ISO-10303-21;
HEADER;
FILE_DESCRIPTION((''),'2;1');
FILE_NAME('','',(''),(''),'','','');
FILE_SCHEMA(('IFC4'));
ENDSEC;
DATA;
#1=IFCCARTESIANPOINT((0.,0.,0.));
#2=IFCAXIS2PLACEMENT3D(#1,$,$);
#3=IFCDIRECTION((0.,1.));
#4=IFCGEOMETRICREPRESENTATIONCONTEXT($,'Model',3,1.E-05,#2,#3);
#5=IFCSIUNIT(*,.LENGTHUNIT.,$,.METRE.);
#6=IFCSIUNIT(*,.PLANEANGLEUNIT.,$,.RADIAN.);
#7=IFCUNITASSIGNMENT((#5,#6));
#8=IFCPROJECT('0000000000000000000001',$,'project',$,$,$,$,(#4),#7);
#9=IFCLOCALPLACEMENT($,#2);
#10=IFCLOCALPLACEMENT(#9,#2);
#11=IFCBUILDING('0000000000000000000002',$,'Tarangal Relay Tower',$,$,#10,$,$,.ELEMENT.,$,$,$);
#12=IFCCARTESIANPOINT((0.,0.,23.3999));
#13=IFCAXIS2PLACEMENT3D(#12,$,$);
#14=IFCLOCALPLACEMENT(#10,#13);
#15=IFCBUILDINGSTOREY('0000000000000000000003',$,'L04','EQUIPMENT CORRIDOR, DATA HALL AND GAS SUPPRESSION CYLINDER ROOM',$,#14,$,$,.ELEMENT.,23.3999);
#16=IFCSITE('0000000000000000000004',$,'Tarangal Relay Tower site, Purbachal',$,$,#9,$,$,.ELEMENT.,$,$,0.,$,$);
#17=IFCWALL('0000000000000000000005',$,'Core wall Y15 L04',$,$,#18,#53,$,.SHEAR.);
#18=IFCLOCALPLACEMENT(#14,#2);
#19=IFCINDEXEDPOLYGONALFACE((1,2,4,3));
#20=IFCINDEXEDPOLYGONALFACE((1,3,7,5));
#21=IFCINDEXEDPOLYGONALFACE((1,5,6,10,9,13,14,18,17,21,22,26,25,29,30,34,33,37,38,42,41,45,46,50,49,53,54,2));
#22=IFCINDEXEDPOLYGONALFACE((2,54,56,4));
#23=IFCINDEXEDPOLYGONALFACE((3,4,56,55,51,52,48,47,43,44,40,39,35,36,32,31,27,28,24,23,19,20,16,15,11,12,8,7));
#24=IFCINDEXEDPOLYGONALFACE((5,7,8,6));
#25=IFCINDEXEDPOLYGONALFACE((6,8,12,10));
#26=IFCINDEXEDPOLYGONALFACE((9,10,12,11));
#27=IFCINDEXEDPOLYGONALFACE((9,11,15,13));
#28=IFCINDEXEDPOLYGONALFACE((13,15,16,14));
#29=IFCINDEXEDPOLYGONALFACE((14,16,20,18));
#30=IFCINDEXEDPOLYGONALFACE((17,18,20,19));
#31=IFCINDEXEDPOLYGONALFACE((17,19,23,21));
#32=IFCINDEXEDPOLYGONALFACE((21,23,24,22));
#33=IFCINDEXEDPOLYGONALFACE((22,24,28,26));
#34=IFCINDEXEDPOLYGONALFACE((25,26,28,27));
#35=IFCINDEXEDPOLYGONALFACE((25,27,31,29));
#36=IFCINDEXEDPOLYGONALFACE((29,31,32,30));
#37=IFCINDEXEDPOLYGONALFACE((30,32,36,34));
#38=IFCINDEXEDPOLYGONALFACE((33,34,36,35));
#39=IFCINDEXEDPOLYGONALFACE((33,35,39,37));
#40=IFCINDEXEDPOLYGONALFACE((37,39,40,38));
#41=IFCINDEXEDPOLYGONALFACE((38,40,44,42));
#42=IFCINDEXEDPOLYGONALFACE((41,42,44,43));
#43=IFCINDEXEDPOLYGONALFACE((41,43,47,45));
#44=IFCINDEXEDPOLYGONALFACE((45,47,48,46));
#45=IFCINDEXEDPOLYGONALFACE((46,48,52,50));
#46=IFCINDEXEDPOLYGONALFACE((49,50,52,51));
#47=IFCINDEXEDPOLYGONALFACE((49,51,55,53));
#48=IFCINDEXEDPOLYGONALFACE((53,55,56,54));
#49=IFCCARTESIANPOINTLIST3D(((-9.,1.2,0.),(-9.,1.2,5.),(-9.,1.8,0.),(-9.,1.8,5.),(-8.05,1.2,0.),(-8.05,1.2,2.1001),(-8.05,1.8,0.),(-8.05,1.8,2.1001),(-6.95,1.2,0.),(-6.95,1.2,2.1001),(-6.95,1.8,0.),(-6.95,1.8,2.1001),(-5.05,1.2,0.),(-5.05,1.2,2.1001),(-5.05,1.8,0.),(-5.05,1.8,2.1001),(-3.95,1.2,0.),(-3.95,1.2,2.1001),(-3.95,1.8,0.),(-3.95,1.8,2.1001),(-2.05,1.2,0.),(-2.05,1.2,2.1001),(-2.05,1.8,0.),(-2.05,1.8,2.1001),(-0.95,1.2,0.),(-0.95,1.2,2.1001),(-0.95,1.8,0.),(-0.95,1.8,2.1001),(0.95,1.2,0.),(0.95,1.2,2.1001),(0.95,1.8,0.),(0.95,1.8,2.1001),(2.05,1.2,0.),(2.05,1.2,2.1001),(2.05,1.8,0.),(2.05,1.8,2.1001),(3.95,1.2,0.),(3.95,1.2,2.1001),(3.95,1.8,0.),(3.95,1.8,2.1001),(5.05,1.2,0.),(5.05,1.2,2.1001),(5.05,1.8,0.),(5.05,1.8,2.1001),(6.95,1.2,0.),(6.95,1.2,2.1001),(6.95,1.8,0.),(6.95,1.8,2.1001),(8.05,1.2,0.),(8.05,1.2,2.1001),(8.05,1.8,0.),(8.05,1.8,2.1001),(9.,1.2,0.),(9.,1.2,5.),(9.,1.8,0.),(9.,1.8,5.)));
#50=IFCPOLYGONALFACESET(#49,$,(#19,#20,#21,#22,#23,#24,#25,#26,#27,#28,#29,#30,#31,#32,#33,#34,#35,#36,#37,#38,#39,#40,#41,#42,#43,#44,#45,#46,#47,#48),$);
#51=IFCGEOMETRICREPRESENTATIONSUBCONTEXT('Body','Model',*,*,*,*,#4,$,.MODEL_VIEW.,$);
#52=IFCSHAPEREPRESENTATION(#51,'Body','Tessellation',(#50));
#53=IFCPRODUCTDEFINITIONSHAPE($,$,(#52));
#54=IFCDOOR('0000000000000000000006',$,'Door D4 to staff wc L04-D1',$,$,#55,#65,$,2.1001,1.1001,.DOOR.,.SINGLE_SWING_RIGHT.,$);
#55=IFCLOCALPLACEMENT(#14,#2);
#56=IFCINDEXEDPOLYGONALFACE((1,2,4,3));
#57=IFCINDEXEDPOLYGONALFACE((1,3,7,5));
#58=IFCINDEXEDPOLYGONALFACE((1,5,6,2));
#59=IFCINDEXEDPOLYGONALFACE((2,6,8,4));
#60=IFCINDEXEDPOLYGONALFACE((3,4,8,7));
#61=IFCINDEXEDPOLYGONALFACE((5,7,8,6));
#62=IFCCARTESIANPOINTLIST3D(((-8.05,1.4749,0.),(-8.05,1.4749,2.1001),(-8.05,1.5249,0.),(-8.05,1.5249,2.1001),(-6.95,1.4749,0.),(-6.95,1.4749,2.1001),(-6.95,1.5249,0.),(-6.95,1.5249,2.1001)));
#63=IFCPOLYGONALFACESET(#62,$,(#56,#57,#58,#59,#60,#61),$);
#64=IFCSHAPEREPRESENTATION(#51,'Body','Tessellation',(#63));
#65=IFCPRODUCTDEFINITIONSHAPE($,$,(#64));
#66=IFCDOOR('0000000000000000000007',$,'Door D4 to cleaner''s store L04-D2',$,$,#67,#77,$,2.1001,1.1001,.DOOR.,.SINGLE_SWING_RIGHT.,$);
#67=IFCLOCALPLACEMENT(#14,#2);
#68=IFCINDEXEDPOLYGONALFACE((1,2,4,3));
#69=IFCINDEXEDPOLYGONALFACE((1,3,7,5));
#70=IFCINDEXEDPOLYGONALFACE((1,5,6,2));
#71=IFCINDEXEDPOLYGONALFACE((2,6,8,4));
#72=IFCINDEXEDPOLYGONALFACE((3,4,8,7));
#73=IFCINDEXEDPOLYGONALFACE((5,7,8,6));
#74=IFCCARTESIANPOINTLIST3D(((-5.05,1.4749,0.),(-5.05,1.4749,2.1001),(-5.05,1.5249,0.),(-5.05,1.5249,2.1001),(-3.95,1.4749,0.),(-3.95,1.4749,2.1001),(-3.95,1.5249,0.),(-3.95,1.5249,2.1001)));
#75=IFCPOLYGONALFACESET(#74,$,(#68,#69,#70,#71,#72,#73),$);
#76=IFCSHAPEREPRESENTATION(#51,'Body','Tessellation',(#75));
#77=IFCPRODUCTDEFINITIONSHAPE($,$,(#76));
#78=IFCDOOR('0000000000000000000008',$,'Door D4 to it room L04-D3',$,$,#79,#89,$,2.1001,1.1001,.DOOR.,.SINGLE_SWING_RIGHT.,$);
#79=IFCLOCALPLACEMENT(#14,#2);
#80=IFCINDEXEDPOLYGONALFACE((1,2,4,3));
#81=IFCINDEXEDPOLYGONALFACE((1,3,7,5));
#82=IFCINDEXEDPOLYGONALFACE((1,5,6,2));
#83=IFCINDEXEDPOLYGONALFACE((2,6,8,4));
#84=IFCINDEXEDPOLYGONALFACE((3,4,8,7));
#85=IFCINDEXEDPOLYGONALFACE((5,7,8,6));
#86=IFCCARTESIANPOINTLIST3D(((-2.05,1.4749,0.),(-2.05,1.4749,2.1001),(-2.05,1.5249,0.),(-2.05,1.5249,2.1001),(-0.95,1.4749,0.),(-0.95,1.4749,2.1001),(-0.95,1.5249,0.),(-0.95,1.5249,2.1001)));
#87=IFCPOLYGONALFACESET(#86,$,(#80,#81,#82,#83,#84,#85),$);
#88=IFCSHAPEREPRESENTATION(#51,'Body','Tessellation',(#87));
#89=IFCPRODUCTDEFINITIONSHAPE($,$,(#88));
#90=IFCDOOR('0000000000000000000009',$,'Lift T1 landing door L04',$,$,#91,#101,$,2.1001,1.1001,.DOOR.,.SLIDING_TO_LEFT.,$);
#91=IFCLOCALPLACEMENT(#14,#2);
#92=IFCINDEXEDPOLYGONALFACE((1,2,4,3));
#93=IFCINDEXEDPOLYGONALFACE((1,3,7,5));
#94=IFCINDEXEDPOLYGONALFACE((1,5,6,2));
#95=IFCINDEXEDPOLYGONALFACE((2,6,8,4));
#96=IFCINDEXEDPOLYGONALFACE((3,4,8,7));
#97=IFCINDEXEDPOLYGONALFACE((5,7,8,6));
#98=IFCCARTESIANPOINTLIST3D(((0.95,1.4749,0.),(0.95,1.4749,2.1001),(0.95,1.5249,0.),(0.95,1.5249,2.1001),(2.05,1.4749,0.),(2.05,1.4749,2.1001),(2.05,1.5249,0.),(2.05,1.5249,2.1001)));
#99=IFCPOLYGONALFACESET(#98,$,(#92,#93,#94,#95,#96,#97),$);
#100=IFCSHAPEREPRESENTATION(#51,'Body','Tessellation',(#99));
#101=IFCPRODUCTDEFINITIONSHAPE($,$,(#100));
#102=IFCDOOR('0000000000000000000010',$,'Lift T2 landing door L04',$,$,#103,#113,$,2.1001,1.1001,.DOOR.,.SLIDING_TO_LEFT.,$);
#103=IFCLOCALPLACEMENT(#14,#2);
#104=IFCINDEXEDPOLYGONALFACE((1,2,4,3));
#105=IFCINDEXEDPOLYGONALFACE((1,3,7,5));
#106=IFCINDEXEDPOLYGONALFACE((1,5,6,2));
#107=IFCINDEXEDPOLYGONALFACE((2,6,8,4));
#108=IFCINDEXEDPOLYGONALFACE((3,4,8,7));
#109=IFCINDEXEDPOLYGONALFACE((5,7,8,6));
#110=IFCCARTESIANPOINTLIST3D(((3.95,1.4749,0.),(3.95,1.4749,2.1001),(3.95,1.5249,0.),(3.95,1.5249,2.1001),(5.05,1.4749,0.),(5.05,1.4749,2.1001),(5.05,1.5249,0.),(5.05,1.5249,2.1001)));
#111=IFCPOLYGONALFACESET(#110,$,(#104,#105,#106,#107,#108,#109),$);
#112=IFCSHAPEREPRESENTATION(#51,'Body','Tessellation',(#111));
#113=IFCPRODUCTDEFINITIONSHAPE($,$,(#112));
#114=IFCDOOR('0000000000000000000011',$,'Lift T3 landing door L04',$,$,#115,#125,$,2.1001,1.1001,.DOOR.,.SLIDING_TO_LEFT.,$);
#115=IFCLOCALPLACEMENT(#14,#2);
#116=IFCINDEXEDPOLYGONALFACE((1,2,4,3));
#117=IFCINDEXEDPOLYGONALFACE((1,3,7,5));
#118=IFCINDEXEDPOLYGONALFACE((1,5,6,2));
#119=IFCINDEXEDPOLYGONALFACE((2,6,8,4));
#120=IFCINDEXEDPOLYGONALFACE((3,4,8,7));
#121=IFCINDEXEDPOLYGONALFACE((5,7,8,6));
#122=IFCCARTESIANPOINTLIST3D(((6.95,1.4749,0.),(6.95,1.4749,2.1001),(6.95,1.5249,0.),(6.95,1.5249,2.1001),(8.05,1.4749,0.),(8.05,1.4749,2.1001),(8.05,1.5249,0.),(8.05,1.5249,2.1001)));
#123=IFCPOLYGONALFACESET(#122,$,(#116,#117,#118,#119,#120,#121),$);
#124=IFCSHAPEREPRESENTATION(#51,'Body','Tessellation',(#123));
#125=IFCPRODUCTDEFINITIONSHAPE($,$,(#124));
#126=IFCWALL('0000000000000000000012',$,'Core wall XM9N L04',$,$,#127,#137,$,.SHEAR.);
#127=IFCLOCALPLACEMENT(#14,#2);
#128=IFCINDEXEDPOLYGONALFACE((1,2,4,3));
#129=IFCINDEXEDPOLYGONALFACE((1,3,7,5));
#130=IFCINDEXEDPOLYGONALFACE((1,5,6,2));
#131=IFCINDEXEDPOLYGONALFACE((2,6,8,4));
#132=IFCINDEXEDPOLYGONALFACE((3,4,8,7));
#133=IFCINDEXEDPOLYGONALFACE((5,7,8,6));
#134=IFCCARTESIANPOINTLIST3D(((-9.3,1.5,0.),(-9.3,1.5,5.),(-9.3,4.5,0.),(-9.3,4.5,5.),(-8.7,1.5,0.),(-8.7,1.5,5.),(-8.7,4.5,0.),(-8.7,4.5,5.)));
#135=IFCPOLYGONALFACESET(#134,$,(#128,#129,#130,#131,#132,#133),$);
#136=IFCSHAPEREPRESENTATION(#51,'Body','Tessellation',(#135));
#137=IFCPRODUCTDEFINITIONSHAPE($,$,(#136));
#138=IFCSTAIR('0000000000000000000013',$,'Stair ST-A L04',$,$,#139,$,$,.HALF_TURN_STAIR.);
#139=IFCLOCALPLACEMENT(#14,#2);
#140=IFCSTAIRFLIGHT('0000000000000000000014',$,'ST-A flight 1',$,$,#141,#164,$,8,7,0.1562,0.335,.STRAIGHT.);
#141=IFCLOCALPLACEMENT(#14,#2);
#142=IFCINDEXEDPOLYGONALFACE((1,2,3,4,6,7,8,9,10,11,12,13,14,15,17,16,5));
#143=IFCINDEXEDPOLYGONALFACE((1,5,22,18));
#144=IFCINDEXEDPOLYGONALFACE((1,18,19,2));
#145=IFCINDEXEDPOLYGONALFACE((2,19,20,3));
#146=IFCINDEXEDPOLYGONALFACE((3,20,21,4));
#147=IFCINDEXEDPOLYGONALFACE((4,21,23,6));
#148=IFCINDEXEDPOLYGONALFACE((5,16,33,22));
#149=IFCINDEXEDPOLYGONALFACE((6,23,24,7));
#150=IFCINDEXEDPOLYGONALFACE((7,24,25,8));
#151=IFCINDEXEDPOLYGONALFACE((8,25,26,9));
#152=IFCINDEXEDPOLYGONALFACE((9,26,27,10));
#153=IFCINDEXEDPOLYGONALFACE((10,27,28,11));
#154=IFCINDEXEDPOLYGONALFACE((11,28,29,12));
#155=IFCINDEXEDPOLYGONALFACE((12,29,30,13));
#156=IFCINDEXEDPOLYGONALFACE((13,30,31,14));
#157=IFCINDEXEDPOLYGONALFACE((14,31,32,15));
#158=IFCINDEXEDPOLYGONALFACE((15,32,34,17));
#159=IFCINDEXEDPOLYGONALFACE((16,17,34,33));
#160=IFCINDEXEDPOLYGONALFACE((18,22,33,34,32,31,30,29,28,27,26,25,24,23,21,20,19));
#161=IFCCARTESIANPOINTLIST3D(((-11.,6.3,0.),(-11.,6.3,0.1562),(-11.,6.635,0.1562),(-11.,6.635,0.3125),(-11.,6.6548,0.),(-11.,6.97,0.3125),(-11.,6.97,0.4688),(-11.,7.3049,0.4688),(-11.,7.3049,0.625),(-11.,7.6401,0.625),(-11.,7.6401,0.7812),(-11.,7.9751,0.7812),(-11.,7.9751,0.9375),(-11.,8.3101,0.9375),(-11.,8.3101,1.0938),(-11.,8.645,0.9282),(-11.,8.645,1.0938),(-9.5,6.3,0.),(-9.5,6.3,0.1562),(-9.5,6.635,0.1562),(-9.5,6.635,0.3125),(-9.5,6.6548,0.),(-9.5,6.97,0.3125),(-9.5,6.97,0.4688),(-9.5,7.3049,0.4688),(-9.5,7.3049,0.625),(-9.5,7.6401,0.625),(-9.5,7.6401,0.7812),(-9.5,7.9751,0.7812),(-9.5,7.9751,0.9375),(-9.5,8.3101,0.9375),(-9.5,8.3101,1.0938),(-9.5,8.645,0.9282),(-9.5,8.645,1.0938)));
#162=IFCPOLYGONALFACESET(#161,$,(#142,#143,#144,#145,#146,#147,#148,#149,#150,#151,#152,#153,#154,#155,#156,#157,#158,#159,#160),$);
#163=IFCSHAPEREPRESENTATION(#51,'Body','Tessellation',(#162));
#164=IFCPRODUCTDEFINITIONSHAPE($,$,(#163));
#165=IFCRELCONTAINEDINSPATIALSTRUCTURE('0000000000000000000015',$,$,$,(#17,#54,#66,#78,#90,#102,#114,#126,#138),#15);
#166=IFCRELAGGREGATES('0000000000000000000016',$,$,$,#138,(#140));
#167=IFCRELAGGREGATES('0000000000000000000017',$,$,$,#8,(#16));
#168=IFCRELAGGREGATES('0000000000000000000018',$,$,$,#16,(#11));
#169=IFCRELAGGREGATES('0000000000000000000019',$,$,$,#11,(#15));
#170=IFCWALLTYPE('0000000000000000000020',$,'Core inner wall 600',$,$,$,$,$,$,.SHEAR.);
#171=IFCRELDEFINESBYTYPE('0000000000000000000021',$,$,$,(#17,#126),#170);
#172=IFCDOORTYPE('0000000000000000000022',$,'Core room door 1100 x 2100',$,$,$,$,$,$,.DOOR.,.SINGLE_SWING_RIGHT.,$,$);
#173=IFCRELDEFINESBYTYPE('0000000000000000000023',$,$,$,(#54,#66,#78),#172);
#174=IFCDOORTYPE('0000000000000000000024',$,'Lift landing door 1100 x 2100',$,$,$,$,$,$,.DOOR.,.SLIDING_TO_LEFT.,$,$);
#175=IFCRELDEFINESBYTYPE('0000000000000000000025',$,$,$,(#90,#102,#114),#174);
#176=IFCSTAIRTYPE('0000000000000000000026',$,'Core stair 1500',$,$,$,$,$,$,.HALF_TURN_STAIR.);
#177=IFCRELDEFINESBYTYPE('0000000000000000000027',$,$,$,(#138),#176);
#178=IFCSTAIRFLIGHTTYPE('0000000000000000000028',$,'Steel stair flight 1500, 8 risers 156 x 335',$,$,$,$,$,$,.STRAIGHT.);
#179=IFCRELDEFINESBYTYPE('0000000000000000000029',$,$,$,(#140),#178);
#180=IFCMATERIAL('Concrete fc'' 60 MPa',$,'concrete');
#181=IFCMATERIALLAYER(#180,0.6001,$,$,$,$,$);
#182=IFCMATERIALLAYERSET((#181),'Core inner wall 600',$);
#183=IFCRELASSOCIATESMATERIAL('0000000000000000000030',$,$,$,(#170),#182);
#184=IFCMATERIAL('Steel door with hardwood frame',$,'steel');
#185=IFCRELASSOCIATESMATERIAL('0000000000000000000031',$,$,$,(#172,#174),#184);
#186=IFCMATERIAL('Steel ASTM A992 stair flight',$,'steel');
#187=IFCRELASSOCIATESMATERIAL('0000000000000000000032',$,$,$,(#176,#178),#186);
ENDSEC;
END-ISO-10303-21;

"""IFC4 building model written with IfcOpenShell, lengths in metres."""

from ifc_helpers import new_model, si_unit, direction, frame, frame_2d, origin, place, context, subcontext, project, spatial, polyline, rectangle, outline, extrude, material, layer, layer_set, type_object, element, fill, aggregate, save


model = new_model("IFC4")

# Units and contexts
model_context = context("Model", 3, precision=1e-05, world=origin(), true_north=direction((0.0, 1.0)))
body_context = subcontext(model_context, "Body", "Model", "MODEL_VIEW")
ifc_project = project(units=[si_unit("LENGTHUNIT", "METRE"), si_unit("PLANEANGLEUNIT", "RADIAN")], contexts=[model_context])

# Site, building, storey
site_placement = place(None, origin())
site = spatial("IfcSite", under=ifc_project, at=site_placement, Name="Tarangal Relay Tower site, Purbachal", CompositionType="ELEMENT", RefElevation=0.0)
building_placement = place(site_placement, origin())
building = spatial("IfcBuilding", under=site, at=building_placement, Name="Tarangal Relay Tower", CompositionType="ELEMENT")
storey_placement = place(building_placement, frame((0.0, 0.0, 23.3999)))
storey = spatial("IfcBuildingStorey", under=building, at=storey_placement, Name="L04", Description="EQUIPMENT CORRIDOR, DATA HALL AND GAS SUPPRESSION CYLINDER ROOM", CompositionType="ELEMENT", Elevation=23.3999)

# Wall, openings, doors
ifc_material_1 = material(Name="Concrete fc' 60 MPa", Category="concrete")
ifc_layer = layer(ifc_material_1, 0.6001)
ifc_layer_set = layer_set([ifc_layer], Name="Core inner wall 600")
wall_type = type_object("IfcWallType", Name="Core inner wall 600", PredefinedType="SHEAR", material=ifc_layer_set)
ifc_material_2 = material(Name="Steel door with hardwood frame", Category="steel")
wall_1_placement = place(storey_placement, frame((-9.0, 1.5, 0.0), z_axis=(0.0, 0.0, 1.0), x_axis=(1.0, 0.0, 0.0)))
wall_1 = element("IfcWall", 1, at=wall_1_placement, inside=storey, type_object=wall_type, Name="Core wall Y15 L04", PredefinedType="SHEAR", context=body_context, shape_type="SweptSolid", body=[
    extrude(rectangle(XDim=18.0, YDim=0.6001, at=frame_2d((9.0, 0.0))), origin(), (0.0, 0.0, 1.0), 5.0),
])
opening_1_placement = place(wall_1_placement, frame((9.95, 0.0, 0.0)))
opening_1 = element("IfcOpeningElement", 2, at=opening_1_placement, cuts=wall_1, PredefinedType="OPENING", context=body_context, shape_type="SweptSolid", body=[
    extrude(rectangle(XDim=1.1001, YDim=2.1001, at=frame_2d((0.55, 1.05))), frame((0.0, 0.3101, 0.0), z_axis=(0.0, -1.0, 0.0), x_axis=(1.0, 0.0, 0.0)), (0.0, 0.0, 1.0), 0.6201),
])
opening_2_placement = place(wall_1_placement, frame((12.95, 0.0, 0.0)))
opening_2 = element("IfcOpeningElement", 3, at=opening_2_placement, cuts=wall_1, PredefinedType="OPENING", context=body_context, shape_type="SweptSolid", body=[
    extrude(rectangle(XDim=1.1001, YDim=2.1001, at=frame_2d((0.55, 1.05))), frame((0.0, 0.3101, 0.0), z_axis=(0.0, -1.0, 0.0), x_axis=(1.0, 0.0, 0.0)), (0.0, 0.0, 1.0), 0.6201),
])
opening_3_placement = place(wall_1_placement, frame((15.95, 0.0, 0.0)))
opening_3 = element("IfcOpeningElement", 4, at=opening_3_placement, cuts=wall_1, PredefinedType="OPENING", context=body_context, shape_type="SweptSolid", body=[
    extrude(rectangle(XDim=1.1001, YDim=2.1001, at=frame_2d((0.55, 1.05))), frame((0.0, 0.3101, 0.0), z_axis=(0.0, -1.0, 0.0), x_axis=(1.0, 0.0, 0.0)), (0.0, 0.0, 1.0), 0.6201),
])
opening_4_placement = place(wall_1_placement, frame((0.95, 0.0, 0.0)))
opening_4 = element("IfcOpeningElement", 5, at=opening_4_placement, cuts=wall_1, PredefinedType="OPENING", context=body_context, shape_type="SweptSolid", body=[
    extrude(rectangle(XDim=1.1001, YDim=2.1001, at=frame_2d((0.55, 1.05))), frame((0.0, 0.3101, 0.0), z_axis=(0.0, -1.0, 0.0), x_axis=(1.0, 0.0, 0.0)), (0.0, 0.0, 1.0), 0.6201),
])
opening_5_placement = place(wall_1_placement, frame((3.95, 0.0, 0.0)))
opening_5 = element("IfcOpeningElement", 6, at=opening_5_placement, cuts=wall_1, PredefinedType="OPENING", context=body_context, shape_type="SweptSolid", body=[
    extrude(rectangle(XDim=1.1001, YDim=2.1001, at=frame_2d((0.55, 1.05))), frame((0.0, 0.3101, 0.0), z_axis=(0.0, -1.0, 0.0), x_axis=(1.0, 0.0, 0.0)), (0.0, 0.0, 1.0), 0.6201),
])
opening_6_placement = place(wall_1_placement, frame((6.95, 0.0, 0.0)))
opening_6 = element("IfcOpeningElement", 7, at=opening_6_placement, cuts=wall_1, PredefinedType="OPENING", context=body_context, shape_type="SweptSolid", body=[
    extrude(rectangle(XDim=1.1001, YDim=2.1001, at=frame_2d((0.55, 1.05))), frame((0.0, 0.3101, 0.0), z_axis=(0.0, -1.0, 0.0), x_axis=(1.0, 0.0, 0.0)), (0.0, 0.0, 1.0), 0.6201),
])
door_type_1 = type_object("IfcDoorType", Name="Core room door 1100 x 2100", OperationType="SINGLE_SWING_RIGHT", PredefinedType="DOOR", material=ifc_material_2)
door_1_placement = place(opening_4_placement, origin())
door_1 = element("IfcDoor", 8, at=door_1_placement, inside=storey, type_object=door_type_1, Name="Door D4 to staff wc L04-D1", OperationType="SINGLE_SWING_RIGHT", OverallHeight=2.1001, OverallWidth=1.1001, PredefinedType="DOOR", context=body_context, shape_type="SweptSolid", body=[
    extrude(rectangle(XDim=1.1001, YDim=2.1001, at=frame_2d((0.55, 1.05))), frame((0.0, 0.0249, 0.0), z_axis=(0.0, -1.0, 0.0), x_axis=(1.0, 0.0, 0.0)), (0.0, 0.0, 1.0), 0.05),
])
fill(opening_4, door_1)
door_2_placement = place(opening_5_placement, origin())
door_2 = element("IfcDoor", 9, at=door_2_placement, inside=storey, type_object=door_type_1, Name="Door D4 to cleaner's store L04-D2", OperationType="SINGLE_SWING_RIGHT", OverallHeight=2.1001, OverallWidth=1.1001, PredefinedType="DOOR", context=body_context, shape_type="SweptSolid", body=[
    extrude(rectangle(XDim=1.1001, YDim=2.1001, at=frame_2d((0.55, 1.05))), frame((0.0, 0.0249, 0.0), z_axis=(0.0, -1.0, 0.0), x_axis=(1.0, 0.0, 0.0)), (0.0, 0.0, 1.0), 0.05),
])
fill(opening_5, door_2)
door_3_placement = place(opening_6_placement, origin())
door_3 = element("IfcDoor", 10, at=door_3_placement, inside=storey, type_object=door_type_1, Name="Door D4 to it room L04-D3", OperationType="SINGLE_SWING_RIGHT", OverallHeight=2.1001, OverallWidth=1.1001, PredefinedType="DOOR", context=body_context, shape_type="SweptSolid", body=[
    extrude(rectangle(XDim=1.1001, YDim=2.1001, at=frame_2d((0.55, 1.05))), frame((0.0, 0.0249, 0.0), z_axis=(0.0, -1.0, 0.0), x_axis=(1.0, 0.0, 0.0)), (0.0, 0.0, 1.0), 0.05),
])
fill(opening_6, door_3)
door_type_2 = type_object("IfcDoorType", Name="Lift landing door 1100 x 2100", OperationType="SLIDING_TO_LEFT", PredefinedType="DOOR", material=ifc_material_2)
door_4_placement = place(opening_1_placement, origin())
door_4 = element("IfcDoor", 11, at=door_4_placement, inside=storey, type_object=door_type_2, Name="Lift T1 landing door L04", OperationType="SLIDING_TO_LEFT", OverallHeight=2.1001, OverallWidth=1.1001, PredefinedType="DOOR", context=body_context, shape_type="SweptSolid", body=[
    extrude(rectangle(XDim=1.1001, YDim=2.1001, at=frame_2d((0.55, 1.05))), frame((0.0, 0.0249, 0.0), z_axis=(0.0, -1.0, 0.0), x_axis=(1.0, 0.0, 0.0)), (0.0, 0.0, 1.0), 0.05),
])
fill(opening_1, door_4)
door_5_placement = place(opening_2_placement, origin())
door_5 = element("IfcDoor", 12, at=door_5_placement, inside=storey, type_object=door_type_2, Name="Lift T2 landing door L04", OperationType="SLIDING_TO_LEFT", OverallHeight=2.1001, OverallWidth=1.1001, PredefinedType="DOOR", context=body_context, shape_type="SweptSolid", body=[
    extrude(rectangle(XDim=1.1001, YDim=2.1001, at=frame_2d((0.55, 1.05))), frame((0.0, 0.0249, 0.0), z_axis=(0.0, -1.0, 0.0), x_axis=(1.0, 0.0, 0.0)), (0.0, 0.0, 1.0), 0.05),
])
fill(opening_2, door_5)
door_6_placement = place(opening_3_placement, origin())
door_6 = element("IfcDoor", 13, at=door_6_placement, inside=storey, type_object=door_type_2, Name="Lift T3 landing door L04", OperationType="SLIDING_TO_LEFT", OverallHeight=2.1001, OverallWidth=1.1001, PredefinedType="DOOR", context=body_context, shape_type="SweptSolid", body=[
    extrude(rectangle(XDim=1.1001, YDim=2.1001, at=frame_2d((0.55, 1.05))), frame((0.0, 0.0249, 0.0), z_axis=(0.0, -1.0, 0.0), x_axis=(1.0, 0.0, 0.0)), (0.0, 0.0, 1.0), 0.05),
])
fill(opening_3, door_6)

# Wall
wall_2_placement = place(storey_placement, frame((-9.0, 1.5, 0.0), z_axis=(0.0, 0.0, 1.0), x_axis=(0.0, 1.0, 0.0)))
element("IfcWall", 14, at=wall_2_placement, inside=storey, type_object=wall_type, Name="Core wall XM9N L04", PredefinedType="SHEAR", context=body_context, shape_type="SweptSolid", body=[
    extrude(rectangle(XDim=3.0, YDim=0.6001, at=frame_2d((1.5, 0.0))), origin(), (0.0, 0.0, 1.0), 5.0),
])

# Stair, stair flight
ifc_material_3 = material(Name="Steel ASTM A992 stair flight", Category="steel")
stair_type = type_object("IfcStairType", Name="Core stair 1500", PredefinedType="HALF_TURN_STAIR", material=ifc_material_3)
stair_placement = place(storey_placement, origin())
stair = element("IfcStair", 15, at=stair_placement, inside=storey, type_object=stair_type, Name="Stair ST-A L04", PredefinedType="HALF_TURN_STAIR")
stair_flight_type = type_object("IfcStairFlightType", Name="Steel stair flight 1500, 8 risers 156 x 335", PredefinedType="STRAIGHT", material=ifc_material_3)
stair_flight_1_placement = place(storey_placement, frame((-10.25, 6.3, 0.0), z_axis=(0.0, 0.0, 1.0), x_axis=(0.0, 1.0, 0.0)))
stair_flight_1 = element("IfcStairFlight", 16, at=stair_flight_1_placement, type_object=stair_flight_type, Name="ST-A flight 1", NumberOfRisers=8, NumberOfTreads=7, PredefinedType="STRAIGHT", RiserHeight=0.1562, TreadLength=0.335, context=body_context, shape_type="SweptSolid", body=[
    extrude(outline(polyline([(0.0, 0.0), (0.0, 0.1562), (0.335, 0.1562), (0.335, 0.3125), (0.6699, 0.3125), (0.6699, 0.4688), (1.0049, 0.4688), (1.0049, 0.625), (1.3401, 0.625), (1.3401, 0.7812), (1.675, 0.7812), (1.675, 0.9375), (2.01, 0.9375), (2.01, 1.0938), (2.345, 1.0938), (2.345, 1.25), (2.345, 0.9282), (0.3547, 0.0), (0.0, 0.0)])), frame((0.0, 0.75, 0.0), z_axis=(0.0, -1.0, 0.0), x_axis=(1.0, 0.0, 0.0)), (0.0, 0.0, 1.0), 1.5),
])
aggregate(stair, [stair_flight_1])

save(model, "model.ifc")
